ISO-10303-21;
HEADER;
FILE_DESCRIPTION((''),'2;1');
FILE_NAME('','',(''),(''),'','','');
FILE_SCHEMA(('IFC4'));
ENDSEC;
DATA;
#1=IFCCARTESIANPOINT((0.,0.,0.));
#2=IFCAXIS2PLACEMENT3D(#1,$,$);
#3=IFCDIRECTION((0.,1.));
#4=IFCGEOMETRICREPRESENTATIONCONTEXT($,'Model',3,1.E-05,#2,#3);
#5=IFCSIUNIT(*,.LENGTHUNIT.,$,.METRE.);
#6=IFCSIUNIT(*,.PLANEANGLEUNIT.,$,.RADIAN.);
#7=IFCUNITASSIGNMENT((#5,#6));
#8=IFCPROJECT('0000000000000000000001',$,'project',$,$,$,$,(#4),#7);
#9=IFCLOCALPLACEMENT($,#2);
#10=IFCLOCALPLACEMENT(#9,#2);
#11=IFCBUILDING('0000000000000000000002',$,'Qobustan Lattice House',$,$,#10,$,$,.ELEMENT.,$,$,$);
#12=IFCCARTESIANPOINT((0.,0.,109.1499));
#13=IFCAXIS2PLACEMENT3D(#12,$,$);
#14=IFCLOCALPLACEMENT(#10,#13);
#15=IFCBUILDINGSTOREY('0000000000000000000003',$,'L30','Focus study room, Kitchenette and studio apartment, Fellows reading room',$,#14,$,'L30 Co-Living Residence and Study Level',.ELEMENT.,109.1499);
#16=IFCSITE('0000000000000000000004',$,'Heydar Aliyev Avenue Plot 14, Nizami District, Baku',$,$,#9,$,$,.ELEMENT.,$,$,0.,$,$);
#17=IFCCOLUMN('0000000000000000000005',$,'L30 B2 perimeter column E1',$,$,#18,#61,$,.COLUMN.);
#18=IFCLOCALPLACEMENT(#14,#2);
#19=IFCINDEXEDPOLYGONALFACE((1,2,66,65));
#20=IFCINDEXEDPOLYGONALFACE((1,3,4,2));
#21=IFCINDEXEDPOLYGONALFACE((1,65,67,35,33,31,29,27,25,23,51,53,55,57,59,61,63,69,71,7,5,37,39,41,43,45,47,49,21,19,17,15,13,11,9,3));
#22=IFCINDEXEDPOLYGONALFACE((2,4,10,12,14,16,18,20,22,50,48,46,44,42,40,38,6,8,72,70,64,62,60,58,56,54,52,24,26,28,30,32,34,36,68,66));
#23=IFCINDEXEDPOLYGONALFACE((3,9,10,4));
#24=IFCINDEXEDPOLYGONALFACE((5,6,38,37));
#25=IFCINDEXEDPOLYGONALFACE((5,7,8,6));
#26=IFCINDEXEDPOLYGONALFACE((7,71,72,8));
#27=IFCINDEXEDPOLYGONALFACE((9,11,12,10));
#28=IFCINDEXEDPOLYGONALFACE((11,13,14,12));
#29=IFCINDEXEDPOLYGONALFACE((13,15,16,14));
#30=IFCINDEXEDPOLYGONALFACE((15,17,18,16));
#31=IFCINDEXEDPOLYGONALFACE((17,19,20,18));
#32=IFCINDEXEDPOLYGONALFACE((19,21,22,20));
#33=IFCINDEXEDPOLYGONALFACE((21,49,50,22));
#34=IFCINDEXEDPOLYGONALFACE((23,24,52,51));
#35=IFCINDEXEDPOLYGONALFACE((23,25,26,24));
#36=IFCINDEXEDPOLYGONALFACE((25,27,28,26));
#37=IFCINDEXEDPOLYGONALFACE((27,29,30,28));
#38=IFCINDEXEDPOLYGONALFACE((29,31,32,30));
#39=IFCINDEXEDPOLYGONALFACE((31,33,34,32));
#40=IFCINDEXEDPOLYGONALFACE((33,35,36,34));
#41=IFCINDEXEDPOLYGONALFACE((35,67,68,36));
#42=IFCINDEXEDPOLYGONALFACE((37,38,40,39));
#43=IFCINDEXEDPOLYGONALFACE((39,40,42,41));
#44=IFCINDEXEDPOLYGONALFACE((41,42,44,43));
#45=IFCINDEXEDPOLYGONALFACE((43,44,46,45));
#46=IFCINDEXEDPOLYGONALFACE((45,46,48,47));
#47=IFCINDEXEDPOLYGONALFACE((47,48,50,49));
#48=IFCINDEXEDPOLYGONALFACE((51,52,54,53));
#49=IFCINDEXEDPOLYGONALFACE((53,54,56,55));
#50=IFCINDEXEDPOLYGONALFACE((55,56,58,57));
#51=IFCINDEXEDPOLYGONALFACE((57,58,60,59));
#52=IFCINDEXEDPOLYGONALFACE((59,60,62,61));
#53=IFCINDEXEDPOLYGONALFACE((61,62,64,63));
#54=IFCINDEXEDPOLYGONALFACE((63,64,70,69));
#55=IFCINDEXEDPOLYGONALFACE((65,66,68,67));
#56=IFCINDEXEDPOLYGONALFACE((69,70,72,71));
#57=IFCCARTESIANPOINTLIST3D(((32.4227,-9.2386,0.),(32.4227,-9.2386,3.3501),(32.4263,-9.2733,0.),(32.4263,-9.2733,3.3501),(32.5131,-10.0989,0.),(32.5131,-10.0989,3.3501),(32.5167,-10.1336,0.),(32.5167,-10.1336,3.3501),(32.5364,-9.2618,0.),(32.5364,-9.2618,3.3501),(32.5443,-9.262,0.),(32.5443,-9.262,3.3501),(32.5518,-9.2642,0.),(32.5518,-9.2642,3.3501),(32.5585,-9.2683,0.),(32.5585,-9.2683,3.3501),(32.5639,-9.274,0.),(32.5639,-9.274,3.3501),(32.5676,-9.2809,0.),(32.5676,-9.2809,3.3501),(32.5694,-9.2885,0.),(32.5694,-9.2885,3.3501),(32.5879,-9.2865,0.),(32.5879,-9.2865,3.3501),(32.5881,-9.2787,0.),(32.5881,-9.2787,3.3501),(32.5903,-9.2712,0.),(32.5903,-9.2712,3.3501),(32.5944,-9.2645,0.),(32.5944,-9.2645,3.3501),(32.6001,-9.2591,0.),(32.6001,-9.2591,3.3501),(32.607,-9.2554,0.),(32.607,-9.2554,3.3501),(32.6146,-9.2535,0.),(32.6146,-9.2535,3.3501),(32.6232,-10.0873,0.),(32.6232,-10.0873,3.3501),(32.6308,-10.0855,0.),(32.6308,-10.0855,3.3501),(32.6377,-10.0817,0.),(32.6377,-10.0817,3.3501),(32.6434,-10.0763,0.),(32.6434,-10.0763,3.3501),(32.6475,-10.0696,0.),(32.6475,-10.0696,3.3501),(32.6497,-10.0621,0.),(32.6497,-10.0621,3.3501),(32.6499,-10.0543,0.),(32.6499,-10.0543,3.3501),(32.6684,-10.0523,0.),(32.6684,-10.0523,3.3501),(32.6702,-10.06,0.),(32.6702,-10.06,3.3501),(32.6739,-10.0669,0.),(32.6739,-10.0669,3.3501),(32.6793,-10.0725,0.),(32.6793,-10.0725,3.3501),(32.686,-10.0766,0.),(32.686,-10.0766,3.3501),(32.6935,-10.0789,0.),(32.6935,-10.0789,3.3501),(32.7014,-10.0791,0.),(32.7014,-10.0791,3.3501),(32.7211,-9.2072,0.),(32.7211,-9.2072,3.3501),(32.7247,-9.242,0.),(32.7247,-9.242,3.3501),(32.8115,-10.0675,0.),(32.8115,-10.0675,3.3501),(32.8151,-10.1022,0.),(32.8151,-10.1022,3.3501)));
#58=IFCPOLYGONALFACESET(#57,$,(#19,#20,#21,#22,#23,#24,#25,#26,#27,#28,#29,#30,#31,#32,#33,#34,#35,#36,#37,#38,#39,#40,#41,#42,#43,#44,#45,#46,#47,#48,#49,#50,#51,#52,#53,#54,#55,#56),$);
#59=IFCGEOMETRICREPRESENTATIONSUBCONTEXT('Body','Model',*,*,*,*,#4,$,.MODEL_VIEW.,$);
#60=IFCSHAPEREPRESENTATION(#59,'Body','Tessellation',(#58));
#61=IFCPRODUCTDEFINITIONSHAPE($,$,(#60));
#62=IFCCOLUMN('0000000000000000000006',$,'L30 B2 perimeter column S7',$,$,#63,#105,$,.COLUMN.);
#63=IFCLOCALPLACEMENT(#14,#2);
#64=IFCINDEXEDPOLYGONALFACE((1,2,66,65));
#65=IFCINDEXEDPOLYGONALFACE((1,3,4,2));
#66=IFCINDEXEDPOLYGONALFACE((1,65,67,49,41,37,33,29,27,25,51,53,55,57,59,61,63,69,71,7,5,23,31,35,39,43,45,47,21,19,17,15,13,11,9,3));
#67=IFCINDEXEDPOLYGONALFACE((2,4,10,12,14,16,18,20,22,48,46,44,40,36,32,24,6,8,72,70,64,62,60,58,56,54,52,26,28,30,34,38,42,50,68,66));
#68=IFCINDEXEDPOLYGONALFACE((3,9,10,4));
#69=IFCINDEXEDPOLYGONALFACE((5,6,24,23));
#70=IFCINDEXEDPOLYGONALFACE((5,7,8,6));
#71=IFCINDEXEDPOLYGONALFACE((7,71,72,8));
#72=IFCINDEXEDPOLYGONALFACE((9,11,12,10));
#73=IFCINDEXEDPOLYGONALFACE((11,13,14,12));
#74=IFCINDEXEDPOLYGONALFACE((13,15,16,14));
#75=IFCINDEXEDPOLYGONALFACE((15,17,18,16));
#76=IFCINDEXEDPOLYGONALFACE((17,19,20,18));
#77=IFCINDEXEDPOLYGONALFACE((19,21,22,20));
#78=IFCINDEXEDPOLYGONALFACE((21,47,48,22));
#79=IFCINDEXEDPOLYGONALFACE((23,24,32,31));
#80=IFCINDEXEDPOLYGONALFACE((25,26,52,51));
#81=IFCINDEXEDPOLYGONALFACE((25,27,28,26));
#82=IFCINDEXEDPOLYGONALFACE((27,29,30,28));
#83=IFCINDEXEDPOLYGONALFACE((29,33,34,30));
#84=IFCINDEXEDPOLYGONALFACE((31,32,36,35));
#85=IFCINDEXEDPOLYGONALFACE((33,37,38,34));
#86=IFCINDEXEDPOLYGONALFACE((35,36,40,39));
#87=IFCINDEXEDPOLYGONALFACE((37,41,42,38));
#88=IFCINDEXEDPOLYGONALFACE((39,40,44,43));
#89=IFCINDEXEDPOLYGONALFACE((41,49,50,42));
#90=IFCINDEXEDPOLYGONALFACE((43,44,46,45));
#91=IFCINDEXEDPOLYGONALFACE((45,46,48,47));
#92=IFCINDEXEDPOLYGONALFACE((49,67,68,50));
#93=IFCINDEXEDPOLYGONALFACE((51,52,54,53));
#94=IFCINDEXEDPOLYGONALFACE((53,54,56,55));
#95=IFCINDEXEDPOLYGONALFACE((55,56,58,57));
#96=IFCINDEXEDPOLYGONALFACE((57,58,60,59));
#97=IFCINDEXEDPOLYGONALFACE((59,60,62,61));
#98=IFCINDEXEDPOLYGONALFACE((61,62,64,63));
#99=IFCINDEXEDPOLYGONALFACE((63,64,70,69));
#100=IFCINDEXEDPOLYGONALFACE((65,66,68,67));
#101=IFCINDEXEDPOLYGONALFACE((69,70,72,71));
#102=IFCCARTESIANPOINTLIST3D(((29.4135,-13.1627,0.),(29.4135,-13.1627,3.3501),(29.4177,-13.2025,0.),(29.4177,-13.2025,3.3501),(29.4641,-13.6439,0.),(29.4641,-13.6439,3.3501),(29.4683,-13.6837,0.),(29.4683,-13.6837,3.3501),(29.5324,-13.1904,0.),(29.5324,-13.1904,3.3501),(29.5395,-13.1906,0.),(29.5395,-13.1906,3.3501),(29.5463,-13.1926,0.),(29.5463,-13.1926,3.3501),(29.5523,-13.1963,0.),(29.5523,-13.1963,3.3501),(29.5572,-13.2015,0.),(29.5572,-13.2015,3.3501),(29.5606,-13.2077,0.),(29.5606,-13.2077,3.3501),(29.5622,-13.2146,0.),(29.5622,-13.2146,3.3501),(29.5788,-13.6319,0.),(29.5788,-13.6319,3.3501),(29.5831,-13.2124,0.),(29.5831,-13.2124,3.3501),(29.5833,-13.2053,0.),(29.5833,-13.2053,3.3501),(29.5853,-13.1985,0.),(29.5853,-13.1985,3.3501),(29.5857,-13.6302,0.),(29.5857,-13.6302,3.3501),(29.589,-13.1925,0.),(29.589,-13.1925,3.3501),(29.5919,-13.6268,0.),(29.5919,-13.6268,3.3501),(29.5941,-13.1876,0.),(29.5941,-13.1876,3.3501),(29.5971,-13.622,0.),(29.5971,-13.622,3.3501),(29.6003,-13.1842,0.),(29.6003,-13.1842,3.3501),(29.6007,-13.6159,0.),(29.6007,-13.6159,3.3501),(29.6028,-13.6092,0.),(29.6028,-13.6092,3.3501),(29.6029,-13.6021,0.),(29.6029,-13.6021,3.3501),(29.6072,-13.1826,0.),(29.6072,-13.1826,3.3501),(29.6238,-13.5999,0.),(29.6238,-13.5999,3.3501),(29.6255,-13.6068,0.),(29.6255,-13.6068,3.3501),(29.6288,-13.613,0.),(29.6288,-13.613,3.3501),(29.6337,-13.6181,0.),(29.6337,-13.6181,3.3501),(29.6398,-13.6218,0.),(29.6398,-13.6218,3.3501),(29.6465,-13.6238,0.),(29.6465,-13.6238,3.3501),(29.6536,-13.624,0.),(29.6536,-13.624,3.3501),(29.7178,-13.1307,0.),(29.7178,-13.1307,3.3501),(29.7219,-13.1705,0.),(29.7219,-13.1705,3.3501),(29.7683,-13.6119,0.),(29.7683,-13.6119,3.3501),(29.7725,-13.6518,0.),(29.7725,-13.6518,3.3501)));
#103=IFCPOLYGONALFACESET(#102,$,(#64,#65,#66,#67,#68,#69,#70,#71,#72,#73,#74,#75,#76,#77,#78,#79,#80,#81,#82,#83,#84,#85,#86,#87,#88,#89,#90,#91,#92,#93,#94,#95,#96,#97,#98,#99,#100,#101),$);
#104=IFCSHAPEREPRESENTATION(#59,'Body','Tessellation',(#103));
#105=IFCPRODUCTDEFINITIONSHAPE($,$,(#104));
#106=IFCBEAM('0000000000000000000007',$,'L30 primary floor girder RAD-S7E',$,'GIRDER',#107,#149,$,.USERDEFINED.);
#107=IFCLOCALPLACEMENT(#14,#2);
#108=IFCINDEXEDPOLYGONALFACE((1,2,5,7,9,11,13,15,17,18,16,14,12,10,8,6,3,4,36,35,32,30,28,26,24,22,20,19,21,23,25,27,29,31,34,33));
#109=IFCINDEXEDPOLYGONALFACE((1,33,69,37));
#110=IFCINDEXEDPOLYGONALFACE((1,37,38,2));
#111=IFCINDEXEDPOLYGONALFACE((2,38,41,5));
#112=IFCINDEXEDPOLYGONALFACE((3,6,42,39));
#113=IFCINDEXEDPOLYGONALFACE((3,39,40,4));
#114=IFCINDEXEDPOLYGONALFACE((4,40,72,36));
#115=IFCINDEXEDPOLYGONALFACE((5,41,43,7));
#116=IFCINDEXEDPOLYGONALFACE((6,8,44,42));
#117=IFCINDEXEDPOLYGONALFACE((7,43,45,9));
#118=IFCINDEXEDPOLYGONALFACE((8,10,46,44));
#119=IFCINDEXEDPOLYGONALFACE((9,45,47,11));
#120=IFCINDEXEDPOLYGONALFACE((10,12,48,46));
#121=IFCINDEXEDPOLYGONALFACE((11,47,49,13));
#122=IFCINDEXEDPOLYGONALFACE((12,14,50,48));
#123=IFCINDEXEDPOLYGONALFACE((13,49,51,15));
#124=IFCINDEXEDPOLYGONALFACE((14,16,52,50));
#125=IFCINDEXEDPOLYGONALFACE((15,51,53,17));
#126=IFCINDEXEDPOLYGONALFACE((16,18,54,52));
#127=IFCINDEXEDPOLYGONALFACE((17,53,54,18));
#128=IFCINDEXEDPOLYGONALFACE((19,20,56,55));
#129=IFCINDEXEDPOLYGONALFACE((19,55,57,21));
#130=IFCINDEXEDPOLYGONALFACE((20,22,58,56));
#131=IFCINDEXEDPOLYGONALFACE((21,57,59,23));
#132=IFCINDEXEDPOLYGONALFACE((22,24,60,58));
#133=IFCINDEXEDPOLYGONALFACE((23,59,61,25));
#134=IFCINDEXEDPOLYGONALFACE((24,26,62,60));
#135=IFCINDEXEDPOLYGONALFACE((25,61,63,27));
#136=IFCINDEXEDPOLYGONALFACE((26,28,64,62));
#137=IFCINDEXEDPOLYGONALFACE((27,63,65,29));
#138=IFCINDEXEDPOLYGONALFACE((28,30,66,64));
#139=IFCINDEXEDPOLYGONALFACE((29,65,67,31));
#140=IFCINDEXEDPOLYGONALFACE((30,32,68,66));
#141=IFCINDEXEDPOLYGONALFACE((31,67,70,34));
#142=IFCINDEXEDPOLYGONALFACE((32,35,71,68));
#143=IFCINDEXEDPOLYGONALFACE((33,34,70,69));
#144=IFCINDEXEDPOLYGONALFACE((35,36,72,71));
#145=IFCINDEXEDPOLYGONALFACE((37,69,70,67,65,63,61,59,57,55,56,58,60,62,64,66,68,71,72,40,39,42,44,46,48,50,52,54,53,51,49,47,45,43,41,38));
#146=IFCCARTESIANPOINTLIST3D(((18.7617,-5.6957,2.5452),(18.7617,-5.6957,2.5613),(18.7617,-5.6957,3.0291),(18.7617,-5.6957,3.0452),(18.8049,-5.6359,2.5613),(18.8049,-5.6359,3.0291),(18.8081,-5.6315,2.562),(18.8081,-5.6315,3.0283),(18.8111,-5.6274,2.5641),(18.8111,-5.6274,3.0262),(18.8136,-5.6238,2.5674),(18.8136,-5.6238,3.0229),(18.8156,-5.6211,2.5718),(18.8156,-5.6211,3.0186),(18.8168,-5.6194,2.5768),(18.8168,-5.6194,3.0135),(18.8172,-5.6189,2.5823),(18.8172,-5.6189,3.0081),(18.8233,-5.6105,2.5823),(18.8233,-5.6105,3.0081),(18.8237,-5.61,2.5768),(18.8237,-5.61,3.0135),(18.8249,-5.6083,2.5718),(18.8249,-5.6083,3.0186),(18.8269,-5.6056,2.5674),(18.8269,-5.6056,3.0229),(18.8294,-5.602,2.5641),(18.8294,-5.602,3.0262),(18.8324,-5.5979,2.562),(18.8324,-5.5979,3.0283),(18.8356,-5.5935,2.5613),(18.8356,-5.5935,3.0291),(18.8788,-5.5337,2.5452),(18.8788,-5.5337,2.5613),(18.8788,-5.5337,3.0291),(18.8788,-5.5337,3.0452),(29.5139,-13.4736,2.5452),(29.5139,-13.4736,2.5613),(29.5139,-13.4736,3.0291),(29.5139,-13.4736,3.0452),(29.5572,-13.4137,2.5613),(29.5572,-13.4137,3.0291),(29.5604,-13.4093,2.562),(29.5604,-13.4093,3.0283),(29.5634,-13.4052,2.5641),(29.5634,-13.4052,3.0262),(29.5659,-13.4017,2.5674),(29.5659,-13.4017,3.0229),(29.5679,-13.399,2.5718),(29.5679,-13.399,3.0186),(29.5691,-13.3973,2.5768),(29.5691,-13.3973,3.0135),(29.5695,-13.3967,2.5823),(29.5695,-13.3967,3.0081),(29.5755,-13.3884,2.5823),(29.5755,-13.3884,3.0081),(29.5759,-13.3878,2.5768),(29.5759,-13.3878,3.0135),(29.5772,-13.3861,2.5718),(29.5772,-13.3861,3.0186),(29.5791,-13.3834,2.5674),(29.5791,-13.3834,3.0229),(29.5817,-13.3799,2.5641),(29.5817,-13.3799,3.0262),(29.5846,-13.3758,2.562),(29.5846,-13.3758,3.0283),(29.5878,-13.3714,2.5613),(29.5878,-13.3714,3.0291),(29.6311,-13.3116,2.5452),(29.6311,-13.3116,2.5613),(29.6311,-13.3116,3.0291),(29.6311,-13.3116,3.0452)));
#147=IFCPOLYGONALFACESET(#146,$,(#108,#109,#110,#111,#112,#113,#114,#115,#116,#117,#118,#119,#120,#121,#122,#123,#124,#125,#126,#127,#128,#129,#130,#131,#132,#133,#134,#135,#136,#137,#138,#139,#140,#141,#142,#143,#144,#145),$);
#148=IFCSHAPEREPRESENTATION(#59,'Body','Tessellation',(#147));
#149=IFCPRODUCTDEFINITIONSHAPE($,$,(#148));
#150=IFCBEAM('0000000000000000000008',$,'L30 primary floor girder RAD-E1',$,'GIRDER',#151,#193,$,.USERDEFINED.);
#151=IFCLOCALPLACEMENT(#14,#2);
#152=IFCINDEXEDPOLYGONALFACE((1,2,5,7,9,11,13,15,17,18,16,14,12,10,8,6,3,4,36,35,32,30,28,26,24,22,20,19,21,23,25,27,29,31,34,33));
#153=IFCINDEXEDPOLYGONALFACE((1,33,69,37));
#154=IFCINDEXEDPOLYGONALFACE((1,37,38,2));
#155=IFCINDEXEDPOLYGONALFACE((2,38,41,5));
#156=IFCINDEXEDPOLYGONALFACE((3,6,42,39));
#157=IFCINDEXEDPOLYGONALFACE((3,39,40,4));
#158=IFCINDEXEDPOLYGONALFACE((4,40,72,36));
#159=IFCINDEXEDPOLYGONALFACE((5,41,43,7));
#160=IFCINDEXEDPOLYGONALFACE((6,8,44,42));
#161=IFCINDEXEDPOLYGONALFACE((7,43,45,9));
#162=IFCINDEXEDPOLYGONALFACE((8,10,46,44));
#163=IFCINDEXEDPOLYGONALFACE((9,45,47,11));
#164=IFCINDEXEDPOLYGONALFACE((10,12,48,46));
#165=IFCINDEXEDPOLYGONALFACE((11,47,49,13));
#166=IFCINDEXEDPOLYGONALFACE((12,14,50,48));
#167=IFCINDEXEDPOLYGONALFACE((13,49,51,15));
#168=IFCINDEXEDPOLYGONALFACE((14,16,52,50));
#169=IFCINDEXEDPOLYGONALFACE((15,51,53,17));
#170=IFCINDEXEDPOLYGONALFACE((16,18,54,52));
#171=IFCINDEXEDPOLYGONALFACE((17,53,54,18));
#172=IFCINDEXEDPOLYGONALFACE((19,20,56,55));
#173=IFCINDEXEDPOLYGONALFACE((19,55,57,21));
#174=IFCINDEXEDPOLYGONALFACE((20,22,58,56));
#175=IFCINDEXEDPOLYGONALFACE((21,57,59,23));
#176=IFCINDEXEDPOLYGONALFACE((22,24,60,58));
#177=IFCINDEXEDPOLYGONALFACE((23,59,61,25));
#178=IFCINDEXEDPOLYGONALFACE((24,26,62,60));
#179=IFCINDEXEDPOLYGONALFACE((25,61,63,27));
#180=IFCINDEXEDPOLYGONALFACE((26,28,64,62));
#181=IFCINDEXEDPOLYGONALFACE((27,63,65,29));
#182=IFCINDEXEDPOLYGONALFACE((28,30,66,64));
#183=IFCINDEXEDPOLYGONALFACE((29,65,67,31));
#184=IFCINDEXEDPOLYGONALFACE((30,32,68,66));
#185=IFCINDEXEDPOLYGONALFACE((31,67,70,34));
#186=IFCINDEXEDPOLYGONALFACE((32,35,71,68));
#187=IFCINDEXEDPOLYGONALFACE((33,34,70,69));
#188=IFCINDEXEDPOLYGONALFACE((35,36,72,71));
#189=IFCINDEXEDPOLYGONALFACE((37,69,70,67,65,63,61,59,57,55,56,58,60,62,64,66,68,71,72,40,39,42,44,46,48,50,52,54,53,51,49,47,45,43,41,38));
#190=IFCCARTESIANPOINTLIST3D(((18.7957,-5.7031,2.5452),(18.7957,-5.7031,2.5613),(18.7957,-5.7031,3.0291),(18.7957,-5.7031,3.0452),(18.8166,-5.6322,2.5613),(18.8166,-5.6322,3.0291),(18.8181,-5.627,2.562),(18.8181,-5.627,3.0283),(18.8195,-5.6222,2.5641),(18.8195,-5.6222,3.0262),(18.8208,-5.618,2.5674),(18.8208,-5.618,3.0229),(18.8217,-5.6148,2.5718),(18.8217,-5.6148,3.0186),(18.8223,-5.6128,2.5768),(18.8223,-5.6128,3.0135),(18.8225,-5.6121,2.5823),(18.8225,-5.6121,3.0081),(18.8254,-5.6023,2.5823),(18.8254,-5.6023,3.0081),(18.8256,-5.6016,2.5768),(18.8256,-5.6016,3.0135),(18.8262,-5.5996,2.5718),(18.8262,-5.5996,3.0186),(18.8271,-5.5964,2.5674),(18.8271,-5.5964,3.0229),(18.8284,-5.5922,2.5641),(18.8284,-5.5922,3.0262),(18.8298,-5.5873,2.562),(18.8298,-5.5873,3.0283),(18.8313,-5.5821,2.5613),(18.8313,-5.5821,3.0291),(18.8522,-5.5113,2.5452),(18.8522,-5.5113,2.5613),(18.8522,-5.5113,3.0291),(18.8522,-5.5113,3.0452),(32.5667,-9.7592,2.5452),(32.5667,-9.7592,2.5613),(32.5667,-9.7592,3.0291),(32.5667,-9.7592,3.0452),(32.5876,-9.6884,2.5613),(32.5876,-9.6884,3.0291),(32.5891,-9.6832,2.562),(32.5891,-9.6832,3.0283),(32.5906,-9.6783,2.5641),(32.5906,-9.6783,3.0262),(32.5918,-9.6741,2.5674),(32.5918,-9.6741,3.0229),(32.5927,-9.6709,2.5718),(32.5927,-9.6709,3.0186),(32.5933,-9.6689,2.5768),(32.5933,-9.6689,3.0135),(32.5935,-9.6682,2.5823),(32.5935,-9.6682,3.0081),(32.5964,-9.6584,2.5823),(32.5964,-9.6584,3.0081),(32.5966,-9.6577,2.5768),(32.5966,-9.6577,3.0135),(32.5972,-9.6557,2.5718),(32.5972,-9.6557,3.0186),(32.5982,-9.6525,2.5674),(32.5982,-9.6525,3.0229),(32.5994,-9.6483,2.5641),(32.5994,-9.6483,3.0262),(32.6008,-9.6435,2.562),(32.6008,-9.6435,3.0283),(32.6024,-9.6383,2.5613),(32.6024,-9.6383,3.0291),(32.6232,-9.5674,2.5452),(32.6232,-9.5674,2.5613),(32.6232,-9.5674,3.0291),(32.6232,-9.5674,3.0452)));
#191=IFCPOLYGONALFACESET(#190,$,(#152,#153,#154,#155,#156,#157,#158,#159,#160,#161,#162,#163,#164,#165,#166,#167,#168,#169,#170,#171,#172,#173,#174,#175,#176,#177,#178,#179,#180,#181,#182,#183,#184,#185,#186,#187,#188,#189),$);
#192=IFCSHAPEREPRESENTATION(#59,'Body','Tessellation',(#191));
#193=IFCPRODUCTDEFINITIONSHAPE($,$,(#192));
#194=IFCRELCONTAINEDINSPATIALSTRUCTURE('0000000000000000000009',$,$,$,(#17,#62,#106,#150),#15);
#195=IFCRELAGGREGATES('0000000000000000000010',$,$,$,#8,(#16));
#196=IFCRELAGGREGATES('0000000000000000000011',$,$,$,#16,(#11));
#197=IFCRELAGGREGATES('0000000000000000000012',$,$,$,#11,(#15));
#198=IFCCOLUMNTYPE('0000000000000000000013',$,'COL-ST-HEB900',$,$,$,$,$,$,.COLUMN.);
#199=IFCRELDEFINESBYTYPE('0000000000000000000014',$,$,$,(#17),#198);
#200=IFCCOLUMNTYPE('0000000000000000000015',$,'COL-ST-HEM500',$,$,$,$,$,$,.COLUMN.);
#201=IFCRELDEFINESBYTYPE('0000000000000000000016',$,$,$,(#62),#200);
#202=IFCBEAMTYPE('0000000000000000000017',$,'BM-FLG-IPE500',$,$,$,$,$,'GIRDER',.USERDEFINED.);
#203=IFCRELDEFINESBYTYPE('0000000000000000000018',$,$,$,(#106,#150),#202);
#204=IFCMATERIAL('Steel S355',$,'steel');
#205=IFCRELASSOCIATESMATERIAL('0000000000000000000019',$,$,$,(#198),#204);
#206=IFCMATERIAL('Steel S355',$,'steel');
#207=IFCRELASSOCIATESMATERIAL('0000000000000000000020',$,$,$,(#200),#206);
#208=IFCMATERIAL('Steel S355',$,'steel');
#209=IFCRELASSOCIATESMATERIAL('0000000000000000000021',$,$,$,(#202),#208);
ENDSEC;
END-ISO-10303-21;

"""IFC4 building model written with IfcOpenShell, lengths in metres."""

from ifc_helpers import new_model, si_unit, direction, frame, origin, origin_2d, place, context, subcontext, project, spatial, i_section, extrude, material, material_profile, profile_set, type_object, element, save


model = new_model("IFC4")

# Units and contexts
model_context = context("Model", 3, precision=1e-05, world=origin(), true_north=direction((0.0, 1.0)))
body_context = subcontext(model_context, "Body", "Model", "MODEL_VIEW")
ifc_project = project(units=[si_unit("LENGTHUNIT", "METRE"), si_unit("PLANEANGLEUNIT", "RADIAN")], contexts=[model_context])

# Site, building, storey
site_placement = place(None, origin())
site = spatial("IfcSite", under=ifc_project, at=site_placement, Name="Heydar Aliyev Avenue Plot 14, Nizami District, Baku", CompositionType="ELEMENT", RefElevation=0.0)
building_placement = place(site_placement, origin())
building = spatial("IfcBuilding", under=site, at=building_placement, Name="Qobustan Lattice House", CompositionType="ELEMENT")
storey_placement = place(building_placement, frame((0.0, 0.0, 109.1499)))
storey = spatial("IfcBuildingStorey", under=building, at=storey_placement, Name="L30", Description="Focus study room, Kitchenette and studio apartment, Fellows reading room", LongName="L30 Co-Living Residence and Study Level", CompositionType="ELEMENT", Elevation=109.1499)

# Columns
ifc_material_1 = material(Name="Steel S355", Category="steel")
ifc_material_profile_1 = material_profile(ifc_material_1, i_section(OverallWidth=0.3, OverallDepth=0.8999, WebThickness=0.0186, FlangeThickness=0.0349, FilletRadius=0.03, at=origin_2d()), Name="HEB900")
ifc_profile_set_1 = profile_set([ifc_material_profile_1], Name="Steel S355")
column_type_1 = type_object("IfcColumnType", Name="COL-ST-HEB900", PredefinedType="COLUMN", material=ifc_profile_set_1)
column_1_placement = place(storey_placement, frame((32.6189, -9.6704, 0.0), z_axis=(0.0, 0.0, 1.0), x_axis=(0.994522, 0.104528, 0.0)))
element("IfcColumn", 1, at=column_1_placement, inside=storey, type_object=column_type_1, Name="L30 B2 perimeter column E1", PredefinedType="COLUMN", context=body_context, shape_type="SweptSolid", body=[
    extrude(i_section(OverallWidth=0.3, OverallDepth=0.8999, WebThickness=0.0186, FlangeThickness=0.0349, FilletRadius=0.03, at=origin_2d()), origin(), (0.0, 0.0, 1.0), 3.3501),
])
ifc_material_2 = material(Name="Steel S355", Category="steel")
ifc_material_profile_2 = material_profile(ifc_material_2, i_section(OverallWidth=0.3059, OverallDepth=0.5239, WebThickness=0.021, FlangeThickness=0.04, FilletRadius=0.0271, at=origin_2d()), Name="HEM500")
ifc_profile_set_2 = profile_set([ifc_material_profile_2], Name="Steel S355")
column_type_2 = type_object("IfcColumnType", Name="COL-ST-HEM500", PredefinedType="COLUMN", material=ifc_profile_set_2)
column_2_placement = place(storey_placement, frame((29.593, -13.4072, 0.0), z_axis=(0.0, 0.0, 1.0), x_axis=(0.994522, 0.104528, 0.0)))
element("IfcColumn", 2, at=column_2_placement, inside=storey, type_object=column_type_2, Name="L30 B2 perimeter column S7", PredefinedType="COLUMN", context=body_context, shape_type="SweptSolid", body=[
    extrude(i_section(OverallWidth=0.3059, OverallDepth=0.5239, WebThickness=0.021, FlangeThickness=0.04, FilletRadius=0.0271, at=origin_2d()), origin(), (0.0, 0.0, 1.0), 3.3501),
])

# Beams
ifc_material_3 = material(Name="Steel S355", Category="steel")
ifc_material_profile_3 = material_profile(ifc_material_3, i_section(OverallWidth=0.2, OverallDepth=0.5, WebThickness=0.0103, FlangeThickness=0.0161, FilletRadius=0.021, at=origin_2d()), Name="IPE500")
ifc_profile_set_3 = profile_set([ifc_material_profile_3], Name="Steel S355")
beam_type_1 = type_object("IfcBeamType", Name="BM-FLG-IPE500", ElementType="GIRDER", PredefinedType="USERDEFINED", material=ifc_profile_set_3)
beam_1_placement = place(storey_placement, frame((29.5725, -13.3926, 2.7952), z_axis=(-0.810237, 0.586102, 0.0), x_axis=(-0.586102, -0.810237, 0.0)))
element("IfcBeam", 3, at=beam_1_placement, inside=storey, type_object=beam_type_1, Name="L30 primary floor girder RAD-S7E", ObjectType="GIRDER", PredefinedType="USERDEFINED", context=body_context, shape_type="SweptSolid", body=[
    extrude(i_section(OverallWidth=0.2, OverallDepth=0.5, WebThickness=0.0103, FlangeThickness=0.0161, FilletRadius=0.021, at=origin_2d()), origin(), (0.0, 0.0, 1.0), 13.2705),
])
beam_2_placement = place(storey_placement, frame((32.595, -9.6633, 2.7952), z_axis=(-0.959255, 0.282542, 0.0), x_axis=(-0.282542, -0.959255, 0.0)))
element("IfcBeam", 4, at=beam_2_placement, inside=storey, type_object=beam_type_1, Name="L30 primary floor girder RAD-E1", ObjectType="GIRDER", PredefinedType="USERDEFINED", context=body_context, shape_type="SweptSolid", body=[
    extrude(i_section(OverallWidth=0.2, OverallDepth=0.5, WebThickness=0.0103, FlangeThickness=0.0161, FilletRadius=0.021, at=origin_2d()), origin(), (0.0, 0.0, 1.0), 14.356),
])

save(model, "model.ifc")
